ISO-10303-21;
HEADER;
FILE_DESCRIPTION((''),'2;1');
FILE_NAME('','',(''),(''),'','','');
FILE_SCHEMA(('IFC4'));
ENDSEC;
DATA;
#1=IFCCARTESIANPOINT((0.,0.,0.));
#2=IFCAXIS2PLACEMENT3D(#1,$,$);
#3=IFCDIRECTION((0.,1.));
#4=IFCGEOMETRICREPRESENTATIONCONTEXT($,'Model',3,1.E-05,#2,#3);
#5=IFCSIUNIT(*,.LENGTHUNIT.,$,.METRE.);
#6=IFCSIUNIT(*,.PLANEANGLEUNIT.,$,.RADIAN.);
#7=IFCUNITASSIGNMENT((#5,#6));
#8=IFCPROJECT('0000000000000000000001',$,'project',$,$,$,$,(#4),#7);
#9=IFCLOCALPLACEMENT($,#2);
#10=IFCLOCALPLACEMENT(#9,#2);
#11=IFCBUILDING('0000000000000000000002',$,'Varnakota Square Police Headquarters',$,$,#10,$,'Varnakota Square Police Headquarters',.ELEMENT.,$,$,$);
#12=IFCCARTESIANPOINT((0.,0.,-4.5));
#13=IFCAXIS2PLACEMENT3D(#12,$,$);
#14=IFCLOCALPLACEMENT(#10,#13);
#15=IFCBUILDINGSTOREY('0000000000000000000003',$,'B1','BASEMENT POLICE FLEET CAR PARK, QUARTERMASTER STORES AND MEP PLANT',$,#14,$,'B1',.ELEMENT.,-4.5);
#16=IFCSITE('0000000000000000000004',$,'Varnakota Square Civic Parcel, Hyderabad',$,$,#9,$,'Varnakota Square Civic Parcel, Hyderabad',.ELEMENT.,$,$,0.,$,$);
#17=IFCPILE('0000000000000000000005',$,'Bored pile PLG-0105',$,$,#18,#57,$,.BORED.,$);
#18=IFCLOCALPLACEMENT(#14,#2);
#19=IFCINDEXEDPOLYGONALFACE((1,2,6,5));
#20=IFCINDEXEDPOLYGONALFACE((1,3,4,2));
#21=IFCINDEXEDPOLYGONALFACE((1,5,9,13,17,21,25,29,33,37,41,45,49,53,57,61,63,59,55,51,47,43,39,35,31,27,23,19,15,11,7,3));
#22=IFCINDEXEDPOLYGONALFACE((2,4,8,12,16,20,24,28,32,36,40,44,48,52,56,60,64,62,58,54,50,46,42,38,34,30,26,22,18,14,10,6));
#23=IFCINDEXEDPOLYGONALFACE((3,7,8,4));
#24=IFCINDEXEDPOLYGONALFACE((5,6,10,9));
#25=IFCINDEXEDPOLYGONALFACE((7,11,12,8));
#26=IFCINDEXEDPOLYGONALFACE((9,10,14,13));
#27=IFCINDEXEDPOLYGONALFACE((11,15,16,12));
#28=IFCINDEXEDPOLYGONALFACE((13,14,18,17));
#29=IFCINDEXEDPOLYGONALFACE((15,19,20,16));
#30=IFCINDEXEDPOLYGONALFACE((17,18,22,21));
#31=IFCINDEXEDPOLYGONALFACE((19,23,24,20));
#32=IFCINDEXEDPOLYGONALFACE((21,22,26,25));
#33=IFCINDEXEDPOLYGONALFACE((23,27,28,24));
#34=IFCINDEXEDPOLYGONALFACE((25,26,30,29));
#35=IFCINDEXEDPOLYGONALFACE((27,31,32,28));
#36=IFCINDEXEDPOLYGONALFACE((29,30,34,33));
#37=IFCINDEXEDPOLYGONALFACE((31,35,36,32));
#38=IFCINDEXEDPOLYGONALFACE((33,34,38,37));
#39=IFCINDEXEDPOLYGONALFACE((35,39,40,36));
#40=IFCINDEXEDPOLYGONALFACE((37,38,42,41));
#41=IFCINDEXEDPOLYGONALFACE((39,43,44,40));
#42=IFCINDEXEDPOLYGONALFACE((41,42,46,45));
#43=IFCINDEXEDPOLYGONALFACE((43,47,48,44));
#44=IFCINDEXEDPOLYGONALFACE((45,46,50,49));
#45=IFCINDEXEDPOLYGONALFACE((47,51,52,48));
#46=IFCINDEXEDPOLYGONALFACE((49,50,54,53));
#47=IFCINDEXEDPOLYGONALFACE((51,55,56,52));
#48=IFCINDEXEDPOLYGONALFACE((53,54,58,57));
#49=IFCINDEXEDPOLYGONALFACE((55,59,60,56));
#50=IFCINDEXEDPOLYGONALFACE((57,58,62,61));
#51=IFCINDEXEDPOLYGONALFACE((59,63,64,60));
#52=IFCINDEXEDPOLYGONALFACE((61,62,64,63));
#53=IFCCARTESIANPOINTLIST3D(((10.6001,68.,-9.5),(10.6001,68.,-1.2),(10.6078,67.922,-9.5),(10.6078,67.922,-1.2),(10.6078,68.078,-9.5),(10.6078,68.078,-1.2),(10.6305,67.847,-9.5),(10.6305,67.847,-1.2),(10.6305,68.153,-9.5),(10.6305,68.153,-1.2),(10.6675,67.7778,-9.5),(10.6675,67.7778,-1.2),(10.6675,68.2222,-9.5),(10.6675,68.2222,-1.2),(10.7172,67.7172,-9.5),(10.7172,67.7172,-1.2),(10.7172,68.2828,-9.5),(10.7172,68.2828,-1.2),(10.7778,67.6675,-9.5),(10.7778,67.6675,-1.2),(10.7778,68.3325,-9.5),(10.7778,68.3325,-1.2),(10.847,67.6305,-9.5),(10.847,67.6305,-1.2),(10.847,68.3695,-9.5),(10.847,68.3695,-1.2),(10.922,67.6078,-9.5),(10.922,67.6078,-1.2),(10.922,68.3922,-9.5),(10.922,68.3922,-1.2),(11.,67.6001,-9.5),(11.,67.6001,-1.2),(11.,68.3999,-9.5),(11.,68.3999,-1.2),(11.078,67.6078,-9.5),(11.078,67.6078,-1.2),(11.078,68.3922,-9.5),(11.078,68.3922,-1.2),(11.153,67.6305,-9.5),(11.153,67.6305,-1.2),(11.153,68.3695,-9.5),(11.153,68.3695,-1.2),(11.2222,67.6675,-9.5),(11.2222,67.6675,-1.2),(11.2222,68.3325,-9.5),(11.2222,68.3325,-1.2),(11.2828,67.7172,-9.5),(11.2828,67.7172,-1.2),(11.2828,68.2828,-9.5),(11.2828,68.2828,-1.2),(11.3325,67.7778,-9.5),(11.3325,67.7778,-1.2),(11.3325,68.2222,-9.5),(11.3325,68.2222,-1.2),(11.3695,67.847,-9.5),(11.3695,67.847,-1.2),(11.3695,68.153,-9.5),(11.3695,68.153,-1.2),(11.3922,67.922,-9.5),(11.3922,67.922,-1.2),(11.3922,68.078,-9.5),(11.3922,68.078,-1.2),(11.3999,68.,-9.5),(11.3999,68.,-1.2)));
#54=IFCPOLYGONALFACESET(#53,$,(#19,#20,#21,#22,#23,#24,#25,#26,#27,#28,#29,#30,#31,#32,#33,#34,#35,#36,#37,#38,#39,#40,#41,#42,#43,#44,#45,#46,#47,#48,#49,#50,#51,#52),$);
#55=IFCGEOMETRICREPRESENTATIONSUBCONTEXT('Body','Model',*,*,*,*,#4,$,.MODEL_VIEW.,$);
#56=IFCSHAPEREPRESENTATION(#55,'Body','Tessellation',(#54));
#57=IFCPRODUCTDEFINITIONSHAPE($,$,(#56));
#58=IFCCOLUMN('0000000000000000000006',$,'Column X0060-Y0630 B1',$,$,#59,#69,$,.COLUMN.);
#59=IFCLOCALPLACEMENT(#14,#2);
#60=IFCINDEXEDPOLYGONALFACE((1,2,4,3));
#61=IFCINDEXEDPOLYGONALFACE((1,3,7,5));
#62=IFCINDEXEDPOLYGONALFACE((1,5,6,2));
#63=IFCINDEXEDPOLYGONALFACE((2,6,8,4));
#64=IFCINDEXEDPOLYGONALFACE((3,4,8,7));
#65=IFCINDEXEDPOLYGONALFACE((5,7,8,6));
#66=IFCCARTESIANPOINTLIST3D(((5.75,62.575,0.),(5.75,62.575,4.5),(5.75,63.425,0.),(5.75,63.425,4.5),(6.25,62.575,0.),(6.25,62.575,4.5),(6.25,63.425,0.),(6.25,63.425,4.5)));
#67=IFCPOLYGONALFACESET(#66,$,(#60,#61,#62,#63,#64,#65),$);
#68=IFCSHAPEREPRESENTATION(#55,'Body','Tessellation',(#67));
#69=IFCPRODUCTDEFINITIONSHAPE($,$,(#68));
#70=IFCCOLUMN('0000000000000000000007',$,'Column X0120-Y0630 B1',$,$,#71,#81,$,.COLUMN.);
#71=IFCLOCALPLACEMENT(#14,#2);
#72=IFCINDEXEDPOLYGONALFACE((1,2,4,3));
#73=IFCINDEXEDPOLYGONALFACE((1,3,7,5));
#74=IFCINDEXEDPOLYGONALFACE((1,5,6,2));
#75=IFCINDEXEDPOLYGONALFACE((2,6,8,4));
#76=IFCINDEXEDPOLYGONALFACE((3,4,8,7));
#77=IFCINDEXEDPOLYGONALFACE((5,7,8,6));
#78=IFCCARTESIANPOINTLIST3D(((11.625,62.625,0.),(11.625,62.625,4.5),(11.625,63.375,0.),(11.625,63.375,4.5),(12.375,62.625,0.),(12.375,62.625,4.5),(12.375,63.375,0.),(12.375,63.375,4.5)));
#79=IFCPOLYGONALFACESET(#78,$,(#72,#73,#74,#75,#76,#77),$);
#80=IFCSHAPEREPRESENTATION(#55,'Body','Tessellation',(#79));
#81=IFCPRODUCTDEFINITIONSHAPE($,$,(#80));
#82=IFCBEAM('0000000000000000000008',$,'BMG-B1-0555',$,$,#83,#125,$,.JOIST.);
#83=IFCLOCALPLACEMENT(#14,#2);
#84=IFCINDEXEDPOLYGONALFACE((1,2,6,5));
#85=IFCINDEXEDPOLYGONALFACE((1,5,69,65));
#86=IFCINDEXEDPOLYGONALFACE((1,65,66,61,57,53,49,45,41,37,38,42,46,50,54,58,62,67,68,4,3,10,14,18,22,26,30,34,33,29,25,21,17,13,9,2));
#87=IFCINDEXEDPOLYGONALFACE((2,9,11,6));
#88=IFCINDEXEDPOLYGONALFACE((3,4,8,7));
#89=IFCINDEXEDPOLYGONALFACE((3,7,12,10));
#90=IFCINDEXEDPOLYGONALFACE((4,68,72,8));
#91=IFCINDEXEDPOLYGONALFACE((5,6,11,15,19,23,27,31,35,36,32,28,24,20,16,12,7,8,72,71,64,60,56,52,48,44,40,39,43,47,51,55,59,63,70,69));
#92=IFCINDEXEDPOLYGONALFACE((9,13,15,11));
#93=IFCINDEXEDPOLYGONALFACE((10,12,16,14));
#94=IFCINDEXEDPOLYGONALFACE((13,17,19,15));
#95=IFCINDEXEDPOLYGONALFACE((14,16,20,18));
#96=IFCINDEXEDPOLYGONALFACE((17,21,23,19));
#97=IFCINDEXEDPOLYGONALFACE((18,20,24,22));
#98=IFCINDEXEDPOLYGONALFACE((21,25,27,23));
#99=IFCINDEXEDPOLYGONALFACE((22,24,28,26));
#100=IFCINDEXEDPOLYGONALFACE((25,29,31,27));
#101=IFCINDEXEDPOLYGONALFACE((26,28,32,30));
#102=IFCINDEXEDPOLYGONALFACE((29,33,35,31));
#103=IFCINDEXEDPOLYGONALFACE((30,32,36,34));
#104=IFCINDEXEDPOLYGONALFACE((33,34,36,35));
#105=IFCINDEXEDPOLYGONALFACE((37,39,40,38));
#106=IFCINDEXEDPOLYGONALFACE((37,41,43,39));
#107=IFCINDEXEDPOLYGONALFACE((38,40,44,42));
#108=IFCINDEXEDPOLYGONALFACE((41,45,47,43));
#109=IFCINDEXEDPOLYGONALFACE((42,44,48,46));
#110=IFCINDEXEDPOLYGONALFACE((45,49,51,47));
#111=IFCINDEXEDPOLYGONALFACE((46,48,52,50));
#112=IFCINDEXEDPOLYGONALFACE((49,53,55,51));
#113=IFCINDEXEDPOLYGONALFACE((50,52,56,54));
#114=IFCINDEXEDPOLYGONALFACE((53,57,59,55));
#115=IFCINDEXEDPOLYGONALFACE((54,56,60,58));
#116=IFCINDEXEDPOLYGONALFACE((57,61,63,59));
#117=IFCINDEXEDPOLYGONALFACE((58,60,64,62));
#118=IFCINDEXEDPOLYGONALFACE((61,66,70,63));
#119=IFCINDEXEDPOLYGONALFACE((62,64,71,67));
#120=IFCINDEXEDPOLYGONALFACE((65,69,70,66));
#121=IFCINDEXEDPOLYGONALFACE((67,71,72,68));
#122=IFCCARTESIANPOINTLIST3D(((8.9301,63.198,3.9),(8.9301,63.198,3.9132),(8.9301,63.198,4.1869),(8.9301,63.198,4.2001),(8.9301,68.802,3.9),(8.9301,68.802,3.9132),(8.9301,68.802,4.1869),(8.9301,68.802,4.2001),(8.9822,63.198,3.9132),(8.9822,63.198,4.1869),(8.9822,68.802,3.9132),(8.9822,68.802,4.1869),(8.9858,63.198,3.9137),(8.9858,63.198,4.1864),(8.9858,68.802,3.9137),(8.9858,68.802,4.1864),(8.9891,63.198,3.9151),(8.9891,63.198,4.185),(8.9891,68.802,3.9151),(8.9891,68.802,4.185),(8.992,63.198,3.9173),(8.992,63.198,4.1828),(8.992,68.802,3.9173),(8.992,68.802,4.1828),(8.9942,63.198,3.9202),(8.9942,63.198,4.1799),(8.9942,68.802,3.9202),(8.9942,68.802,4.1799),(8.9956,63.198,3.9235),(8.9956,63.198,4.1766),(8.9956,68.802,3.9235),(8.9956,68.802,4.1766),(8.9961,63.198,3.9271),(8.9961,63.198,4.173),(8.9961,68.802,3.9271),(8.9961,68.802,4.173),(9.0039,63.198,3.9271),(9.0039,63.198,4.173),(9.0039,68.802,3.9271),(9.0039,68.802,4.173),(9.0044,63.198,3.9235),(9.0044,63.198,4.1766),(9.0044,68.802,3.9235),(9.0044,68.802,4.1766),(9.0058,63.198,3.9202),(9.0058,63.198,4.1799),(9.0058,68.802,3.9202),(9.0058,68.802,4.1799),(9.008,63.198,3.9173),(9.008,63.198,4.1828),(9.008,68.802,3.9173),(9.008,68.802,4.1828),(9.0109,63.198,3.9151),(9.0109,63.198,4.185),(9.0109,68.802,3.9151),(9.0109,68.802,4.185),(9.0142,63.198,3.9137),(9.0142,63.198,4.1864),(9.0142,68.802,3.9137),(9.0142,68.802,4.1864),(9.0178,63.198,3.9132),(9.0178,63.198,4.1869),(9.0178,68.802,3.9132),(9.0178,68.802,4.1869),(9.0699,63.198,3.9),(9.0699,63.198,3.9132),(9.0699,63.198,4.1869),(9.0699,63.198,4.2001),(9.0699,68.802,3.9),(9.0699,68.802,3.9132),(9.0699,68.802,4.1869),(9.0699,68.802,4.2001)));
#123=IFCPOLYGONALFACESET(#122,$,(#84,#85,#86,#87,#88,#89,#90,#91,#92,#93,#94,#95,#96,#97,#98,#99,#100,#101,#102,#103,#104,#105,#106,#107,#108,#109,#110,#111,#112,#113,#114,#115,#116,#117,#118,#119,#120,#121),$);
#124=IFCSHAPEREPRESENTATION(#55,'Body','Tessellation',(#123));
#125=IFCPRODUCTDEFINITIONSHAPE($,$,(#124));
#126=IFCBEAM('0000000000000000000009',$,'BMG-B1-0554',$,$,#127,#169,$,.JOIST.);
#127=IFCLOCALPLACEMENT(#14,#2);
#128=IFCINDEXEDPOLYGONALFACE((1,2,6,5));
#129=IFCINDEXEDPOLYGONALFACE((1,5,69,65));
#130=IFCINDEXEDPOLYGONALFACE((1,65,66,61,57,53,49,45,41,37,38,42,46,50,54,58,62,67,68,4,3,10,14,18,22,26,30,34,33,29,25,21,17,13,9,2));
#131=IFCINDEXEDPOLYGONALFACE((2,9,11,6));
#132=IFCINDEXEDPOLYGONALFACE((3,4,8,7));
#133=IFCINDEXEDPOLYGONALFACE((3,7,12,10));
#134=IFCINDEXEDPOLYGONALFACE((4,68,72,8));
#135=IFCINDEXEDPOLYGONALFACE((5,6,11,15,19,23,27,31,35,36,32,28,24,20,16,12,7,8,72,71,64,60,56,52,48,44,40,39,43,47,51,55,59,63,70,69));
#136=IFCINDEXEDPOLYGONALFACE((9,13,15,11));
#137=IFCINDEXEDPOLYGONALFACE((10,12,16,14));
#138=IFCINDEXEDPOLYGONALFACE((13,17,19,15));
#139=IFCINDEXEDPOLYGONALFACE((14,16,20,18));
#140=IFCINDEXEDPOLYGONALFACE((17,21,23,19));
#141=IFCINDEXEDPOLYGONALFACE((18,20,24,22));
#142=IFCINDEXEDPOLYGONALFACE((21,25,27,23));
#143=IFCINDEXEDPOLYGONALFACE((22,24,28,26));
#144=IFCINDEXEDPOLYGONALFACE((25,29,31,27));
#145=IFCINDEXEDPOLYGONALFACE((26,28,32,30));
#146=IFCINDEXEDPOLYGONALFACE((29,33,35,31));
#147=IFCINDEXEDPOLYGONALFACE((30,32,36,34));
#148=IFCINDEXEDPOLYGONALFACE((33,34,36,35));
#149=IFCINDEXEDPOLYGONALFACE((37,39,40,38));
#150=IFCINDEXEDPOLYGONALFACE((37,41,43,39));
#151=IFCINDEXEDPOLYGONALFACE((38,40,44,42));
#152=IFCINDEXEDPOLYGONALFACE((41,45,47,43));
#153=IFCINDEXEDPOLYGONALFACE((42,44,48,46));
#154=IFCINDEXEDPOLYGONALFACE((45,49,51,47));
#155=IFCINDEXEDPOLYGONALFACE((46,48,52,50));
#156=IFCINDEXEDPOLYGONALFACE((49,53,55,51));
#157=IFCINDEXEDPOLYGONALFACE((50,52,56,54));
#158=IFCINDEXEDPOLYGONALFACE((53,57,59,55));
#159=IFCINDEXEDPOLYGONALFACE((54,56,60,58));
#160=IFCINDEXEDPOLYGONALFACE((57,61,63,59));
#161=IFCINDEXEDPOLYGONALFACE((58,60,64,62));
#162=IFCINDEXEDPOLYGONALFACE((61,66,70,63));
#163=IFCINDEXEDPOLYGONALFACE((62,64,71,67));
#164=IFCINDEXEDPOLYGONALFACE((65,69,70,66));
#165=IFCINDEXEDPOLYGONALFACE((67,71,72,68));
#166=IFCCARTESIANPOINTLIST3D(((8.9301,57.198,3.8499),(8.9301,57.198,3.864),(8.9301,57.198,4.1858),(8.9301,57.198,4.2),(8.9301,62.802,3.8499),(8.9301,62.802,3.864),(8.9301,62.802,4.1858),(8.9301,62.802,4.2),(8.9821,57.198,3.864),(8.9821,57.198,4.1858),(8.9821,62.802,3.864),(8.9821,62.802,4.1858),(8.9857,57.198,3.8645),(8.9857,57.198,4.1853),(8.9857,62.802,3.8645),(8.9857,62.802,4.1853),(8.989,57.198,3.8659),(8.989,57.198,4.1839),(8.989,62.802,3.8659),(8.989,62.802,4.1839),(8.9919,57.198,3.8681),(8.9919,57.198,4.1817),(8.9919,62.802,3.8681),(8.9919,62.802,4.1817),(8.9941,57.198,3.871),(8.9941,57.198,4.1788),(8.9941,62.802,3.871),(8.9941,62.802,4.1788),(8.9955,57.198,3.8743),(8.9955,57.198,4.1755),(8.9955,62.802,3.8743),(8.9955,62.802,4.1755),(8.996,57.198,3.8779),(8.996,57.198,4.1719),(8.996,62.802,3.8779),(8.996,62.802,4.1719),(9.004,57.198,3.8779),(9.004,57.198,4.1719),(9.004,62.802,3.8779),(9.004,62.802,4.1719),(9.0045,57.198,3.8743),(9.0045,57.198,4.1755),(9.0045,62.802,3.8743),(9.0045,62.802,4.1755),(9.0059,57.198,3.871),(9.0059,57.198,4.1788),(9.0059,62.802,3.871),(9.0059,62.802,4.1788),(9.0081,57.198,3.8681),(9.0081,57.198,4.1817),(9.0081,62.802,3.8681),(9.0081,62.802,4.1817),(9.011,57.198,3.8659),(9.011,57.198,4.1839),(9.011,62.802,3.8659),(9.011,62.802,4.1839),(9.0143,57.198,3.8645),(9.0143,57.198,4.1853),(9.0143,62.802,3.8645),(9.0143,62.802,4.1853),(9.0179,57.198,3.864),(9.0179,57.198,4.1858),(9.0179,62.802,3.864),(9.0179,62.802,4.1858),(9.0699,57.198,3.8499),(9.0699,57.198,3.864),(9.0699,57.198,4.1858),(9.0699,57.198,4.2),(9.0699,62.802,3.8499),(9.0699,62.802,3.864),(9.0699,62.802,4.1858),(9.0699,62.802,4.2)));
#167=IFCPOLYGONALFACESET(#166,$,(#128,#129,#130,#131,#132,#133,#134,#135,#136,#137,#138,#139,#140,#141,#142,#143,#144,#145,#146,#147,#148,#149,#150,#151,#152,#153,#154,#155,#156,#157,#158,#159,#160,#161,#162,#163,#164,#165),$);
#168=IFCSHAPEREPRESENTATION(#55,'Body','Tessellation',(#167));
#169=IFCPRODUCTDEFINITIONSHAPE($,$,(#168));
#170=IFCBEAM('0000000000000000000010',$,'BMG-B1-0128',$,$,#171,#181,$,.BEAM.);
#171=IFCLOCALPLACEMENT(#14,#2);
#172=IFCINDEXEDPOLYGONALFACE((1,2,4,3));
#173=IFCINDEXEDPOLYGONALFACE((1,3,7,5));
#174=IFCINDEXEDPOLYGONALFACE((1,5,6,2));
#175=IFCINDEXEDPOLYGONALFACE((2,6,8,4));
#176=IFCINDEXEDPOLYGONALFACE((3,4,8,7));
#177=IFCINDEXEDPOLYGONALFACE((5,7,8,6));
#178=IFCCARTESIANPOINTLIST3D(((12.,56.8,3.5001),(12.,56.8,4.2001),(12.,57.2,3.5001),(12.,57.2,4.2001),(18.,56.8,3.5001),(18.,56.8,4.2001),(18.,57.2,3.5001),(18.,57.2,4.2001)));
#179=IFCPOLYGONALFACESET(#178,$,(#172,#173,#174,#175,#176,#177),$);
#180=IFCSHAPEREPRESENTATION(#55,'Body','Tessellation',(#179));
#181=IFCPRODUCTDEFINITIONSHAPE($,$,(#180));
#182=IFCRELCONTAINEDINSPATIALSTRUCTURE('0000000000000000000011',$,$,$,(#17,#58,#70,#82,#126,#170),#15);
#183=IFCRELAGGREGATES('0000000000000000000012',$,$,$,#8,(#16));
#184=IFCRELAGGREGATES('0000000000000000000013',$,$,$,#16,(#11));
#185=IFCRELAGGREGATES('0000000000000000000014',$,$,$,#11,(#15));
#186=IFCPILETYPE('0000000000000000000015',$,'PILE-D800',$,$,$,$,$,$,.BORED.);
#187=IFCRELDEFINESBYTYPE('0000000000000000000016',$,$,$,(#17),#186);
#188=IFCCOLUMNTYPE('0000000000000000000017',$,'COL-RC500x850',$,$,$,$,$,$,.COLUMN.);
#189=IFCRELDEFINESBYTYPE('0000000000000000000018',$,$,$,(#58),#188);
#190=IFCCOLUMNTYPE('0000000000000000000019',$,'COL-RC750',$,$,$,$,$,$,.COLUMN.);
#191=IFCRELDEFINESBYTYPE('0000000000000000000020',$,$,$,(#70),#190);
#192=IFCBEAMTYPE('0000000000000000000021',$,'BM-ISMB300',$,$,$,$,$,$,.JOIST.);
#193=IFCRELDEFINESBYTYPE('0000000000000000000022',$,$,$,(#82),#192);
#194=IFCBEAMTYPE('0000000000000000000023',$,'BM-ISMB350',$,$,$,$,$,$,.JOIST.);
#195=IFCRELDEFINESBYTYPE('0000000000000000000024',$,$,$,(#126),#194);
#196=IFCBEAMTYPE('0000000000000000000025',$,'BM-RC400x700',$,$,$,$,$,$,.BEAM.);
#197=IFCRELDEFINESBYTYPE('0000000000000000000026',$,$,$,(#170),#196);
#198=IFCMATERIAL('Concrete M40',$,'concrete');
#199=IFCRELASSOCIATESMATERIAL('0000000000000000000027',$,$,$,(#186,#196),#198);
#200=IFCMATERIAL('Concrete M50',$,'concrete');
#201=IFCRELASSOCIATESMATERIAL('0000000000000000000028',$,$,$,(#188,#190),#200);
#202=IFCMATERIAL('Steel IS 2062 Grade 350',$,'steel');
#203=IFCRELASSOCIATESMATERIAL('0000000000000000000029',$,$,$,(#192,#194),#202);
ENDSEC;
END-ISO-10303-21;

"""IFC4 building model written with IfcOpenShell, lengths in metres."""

from ifc_helpers import new_model, si_unit, direction, frame, origin, origin_2d, place, context, subcontext, project, spatial, rectangle, circle, i_section, extrude, material, material_profile, profile_set, type_object, element, save


model = new_model("IFC4")

# Units and contexts
model_context = context("Model", 3, precision=1e-05, world=origin(), true_north=direction((0.0, 1.0)))
body_context = subcontext(model_context, "Body", "Model", "MODEL_VIEW")
ifc_project = project(units=[si_unit("LENGTHUNIT", "METRE"), si_unit("PLANEANGLEUNIT", "RADIAN")], contexts=[model_context])

# Site, building, storey
site_placement = place(None, origin())
site = spatial("IfcSite", under=ifc_project, at=site_placement, Name="Varnakota Square Civic Parcel, Hyderabad", LongName="Varnakota Square Civic Parcel, Hyderabad", CompositionType="ELEMENT", RefElevation=0.0)
building_placement = place(site_placement, origin())
building = spatial("IfcBuilding", under=site, at=building_placement, Name="Varnakota Square Police Headquarters", LongName="Varnakota Square Police Headquarters", CompositionType="ELEMENT")
storey_placement = place(building_placement, frame((0.0, 0.0, -4.5)))
storey = spatial("IfcBuildingStorey", under=building, at=storey_placement, Name="B1", Description="BASEMENT POLICE FLEET CAR PARK, QUARTERMASTER STORES AND MEP PLANT", LongName="B1", CompositionType="ELEMENT", Elevation=-4.5)

# Shared definitions
ifc_material_1 = material(Name="Concrete M40", Category="concrete")
ifc_material_2 = material(Name="Concrete M50", Category="concrete")

# Pile
ifc_material_profile_1 = material_profile(ifc_material_1, circle(Radius=0.3999, at=origin_2d()), Name="BORED PILE 800")
ifc_profile_set_1 = profile_set([ifc_material_profile_1], Name="Concrete M40")
pile_type_1 = type_object("IfcPileType", Name="PILE-D800", PredefinedType="BORED", material=ifc_profile_set_1)
for number, where, z_axis, x_axis, name in (
    (1, (11.0, 68.0, -1.2), (0.0, 0.0, -1.0), (1.0, 0.0, 0.0), "Bored pile PLG-0105"),
):
    element("IfcPile", number, at=place(storey_placement, frame(where, z_axis=z_axis, x_axis=x_axis)), inside=storey, type_object=pile_type_1, Name=name, PredefinedType="BORED", context=body_context, shape_type="SweptSolid", body=[
        extrude(circle(Radius=0.3999, at=origin_2d()), origin(), (0.0, 0.0, 1.0), 8.3),
    ])

# Columns
ifc_material_profile_2 = material_profile(ifc_material_2, rectangle(XDim=0.5, YDim=0.8501, at=origin_2d()), Name="RC 500x850")
ifc_profile_set_2 = profile_set([ifc_material_profile_2], Name="Concrete M50")
column_type_1 = type_object("IfcColumnType", Name="COL-RC500x850", PredefinedType="COLUMN", material=ifc_profile_set_2)
column_1_placement = place(storey_placement, frame((6.0, 63.0, 0.0), z_axis=(0.0, 0.0, 1.0), x_axis=(1.0, 0.0, 0.0)))
element("IfcColumn", 2, at=column_1_placement, inside=storey, type_object=column_type_1, Name="Column X0060-Y0630 B1", PredefinedType="COLUMN", context=body_context, shape_type="SweptSolid", body=[
    extrude(rectangle(XDim=0.5, YDim=0.8501, at=origin_2d()), origin(), (0.0, 0.0, 1.0), 4.5),
])
ifc_material_profile_3 = material_profile(ifc_material_2, rectangle(XDim=0.75, YDim=0.75, at=origin_2d()), Name="RC 750x750")
ifc_profile_set_3 = profile_set([ifc_material_profile_3], Name="Concrete M50")
column_type_2 = type_object("IfcColumnType", Name="COL-RC750", PredefinedType="COLUMN", material=ifc_profile_set_3)
column_2_placement = place(storey_placement, frame((12.0, 63.0, 0.0), z_axis=(0.0, 0.0, 1.0), x_axis=(1.0, 0.0, 0.0)))
element("IfcColumn", 3, at=column_2_placement, inside=storey, type_object=column_type_2, Name="Column X0120-Y0630 B1", PredefinedType="COLUMN", context=body_context, shape_type="SweptSolid", body=[
    extrude(rectangle(XDim=0.75, YDim=0.75, at=origin_2d()), origin(), (0.0, 0.0, 1.0), 4.5),
])

# Beams
ifc_material_3 = material(Name="Steel IS 2062 Grade 350", Category="steel")
ifc_material_profile_4 = material_profile(ifc_material_3, i_section(OverallWidth=0.1399, OverallDepth=0.3, WebThickness=0.0078, FlangeThickness=0.0132, FilletRadius=0.0139, at=origin_2d()), Name="ISMB 300")
ifc_profile_set_4 = profile_set([ifc_material_profile_4], Name="Steel IS 2062 Grade 350")
beam_type_1 = type_object("IfcBeamType", Name="BM-ISMB300", PredefinedType="JOIST", material=ifc_profile_set_4)
beam_1_placement = place(storey_placement, frame((9.0, 63.198, 4.05), z_axis=(0.0, 1.0, 0.0), x_axis=(-1.0, 0.0, 0.0)))
element("IfcBeam", 4, at=beam_1_placement, inside=storey, type_object=beam_type_1, Name="BMG-B1-0555", PredefinedType="JOIST", context=body_context, shape_type="SweptSolid", body=[
    extrude(i_section(OverallWidth=0.1399, OverallDepth=0.3, WebThickness=0.0078, FlangeThickness=0.0132, FilletRadius=0.0139, at=origin_2d()), origin(), (0.0, 0.0, 1.0), 5.604),
])
ifc_material_profile_5 = material_profile(ifc_material_3, i_section(OverallWidth=0.1399, OverallDepth=0.3501, WebThickness=0.0081, FlangeThickness=0.0142, FilletRadius=0.0139, at=origin_2d()), Name="ISMB 350")
ifc_profile_set_5 = profile_set([ifc_material_profile_5], Name="Steel IS 2062 Grade 350")
beam_type_2 = type_object("IfcBeamType", Name="BM-ISMB350", PredefinedType="JOIST", material=ifc_profile_set_5)
beam_2_placement = place(storey_placement, frame((9.0, 57.198, 4.0249), z_axis=(0.0, 1.0, 0.0), x_axis=(-1.0, 0.0, 0.0)))
element("IfcBeam", 5, at=beam_2_placement, inside=storey, type_object=beam_type_2, Name="BMG-B1-0554", PredefinedType="JOIST", context=body_context, shape_type="SweptSolid", body=[
    extrude(i_section(OverallWidth=0.1399, OverallDepth=0.3501, WebThickness=0.0081, FlangeThickness=0.0142, FilletRadius=0.0139, at=origin_2d()), origin(), (0.0, 0.0, 1.0), 5.604),
])
ifc_material_profile_6 = material_profile(ifc_material_1, rectangle(XDim=0.3999, YDim=0.7, at=origin_2d()), Name="RC 400x700")
ifc_profile_set_6 = profile_set([ifc_material_profile_6], Name="Concrete M40")
beam_type_3 = type_object("IfcBeamType", Name="BM-RC400x700", PredefinedType="BEAM", material=ifc_profile_set_6)
for number, where, z_axis, x_axis, name in (
    (6, (12.0, 57.0, 3.8501), (1.0, 0.0, 0.0), (0.0, 1.0, 0.0), "BMG-B1-0128"),
):
    element("IfcBeam", number, at=place(storey_placement, frame(where, z_axis=z_axis, x_axis=x_axis)), inside=storey, type_object=beam_type_3, Name=name, PredefinedType="BEAM", context=body_context, shape_type="SweptSolid", body=[
        extrude(rectangle(XDim=0.3999, YDim=0.7, at=origin_2d()), origin(), (0.0, 0.0, 1.0), 6.0),
    ])

save(model, "model.ifc")
